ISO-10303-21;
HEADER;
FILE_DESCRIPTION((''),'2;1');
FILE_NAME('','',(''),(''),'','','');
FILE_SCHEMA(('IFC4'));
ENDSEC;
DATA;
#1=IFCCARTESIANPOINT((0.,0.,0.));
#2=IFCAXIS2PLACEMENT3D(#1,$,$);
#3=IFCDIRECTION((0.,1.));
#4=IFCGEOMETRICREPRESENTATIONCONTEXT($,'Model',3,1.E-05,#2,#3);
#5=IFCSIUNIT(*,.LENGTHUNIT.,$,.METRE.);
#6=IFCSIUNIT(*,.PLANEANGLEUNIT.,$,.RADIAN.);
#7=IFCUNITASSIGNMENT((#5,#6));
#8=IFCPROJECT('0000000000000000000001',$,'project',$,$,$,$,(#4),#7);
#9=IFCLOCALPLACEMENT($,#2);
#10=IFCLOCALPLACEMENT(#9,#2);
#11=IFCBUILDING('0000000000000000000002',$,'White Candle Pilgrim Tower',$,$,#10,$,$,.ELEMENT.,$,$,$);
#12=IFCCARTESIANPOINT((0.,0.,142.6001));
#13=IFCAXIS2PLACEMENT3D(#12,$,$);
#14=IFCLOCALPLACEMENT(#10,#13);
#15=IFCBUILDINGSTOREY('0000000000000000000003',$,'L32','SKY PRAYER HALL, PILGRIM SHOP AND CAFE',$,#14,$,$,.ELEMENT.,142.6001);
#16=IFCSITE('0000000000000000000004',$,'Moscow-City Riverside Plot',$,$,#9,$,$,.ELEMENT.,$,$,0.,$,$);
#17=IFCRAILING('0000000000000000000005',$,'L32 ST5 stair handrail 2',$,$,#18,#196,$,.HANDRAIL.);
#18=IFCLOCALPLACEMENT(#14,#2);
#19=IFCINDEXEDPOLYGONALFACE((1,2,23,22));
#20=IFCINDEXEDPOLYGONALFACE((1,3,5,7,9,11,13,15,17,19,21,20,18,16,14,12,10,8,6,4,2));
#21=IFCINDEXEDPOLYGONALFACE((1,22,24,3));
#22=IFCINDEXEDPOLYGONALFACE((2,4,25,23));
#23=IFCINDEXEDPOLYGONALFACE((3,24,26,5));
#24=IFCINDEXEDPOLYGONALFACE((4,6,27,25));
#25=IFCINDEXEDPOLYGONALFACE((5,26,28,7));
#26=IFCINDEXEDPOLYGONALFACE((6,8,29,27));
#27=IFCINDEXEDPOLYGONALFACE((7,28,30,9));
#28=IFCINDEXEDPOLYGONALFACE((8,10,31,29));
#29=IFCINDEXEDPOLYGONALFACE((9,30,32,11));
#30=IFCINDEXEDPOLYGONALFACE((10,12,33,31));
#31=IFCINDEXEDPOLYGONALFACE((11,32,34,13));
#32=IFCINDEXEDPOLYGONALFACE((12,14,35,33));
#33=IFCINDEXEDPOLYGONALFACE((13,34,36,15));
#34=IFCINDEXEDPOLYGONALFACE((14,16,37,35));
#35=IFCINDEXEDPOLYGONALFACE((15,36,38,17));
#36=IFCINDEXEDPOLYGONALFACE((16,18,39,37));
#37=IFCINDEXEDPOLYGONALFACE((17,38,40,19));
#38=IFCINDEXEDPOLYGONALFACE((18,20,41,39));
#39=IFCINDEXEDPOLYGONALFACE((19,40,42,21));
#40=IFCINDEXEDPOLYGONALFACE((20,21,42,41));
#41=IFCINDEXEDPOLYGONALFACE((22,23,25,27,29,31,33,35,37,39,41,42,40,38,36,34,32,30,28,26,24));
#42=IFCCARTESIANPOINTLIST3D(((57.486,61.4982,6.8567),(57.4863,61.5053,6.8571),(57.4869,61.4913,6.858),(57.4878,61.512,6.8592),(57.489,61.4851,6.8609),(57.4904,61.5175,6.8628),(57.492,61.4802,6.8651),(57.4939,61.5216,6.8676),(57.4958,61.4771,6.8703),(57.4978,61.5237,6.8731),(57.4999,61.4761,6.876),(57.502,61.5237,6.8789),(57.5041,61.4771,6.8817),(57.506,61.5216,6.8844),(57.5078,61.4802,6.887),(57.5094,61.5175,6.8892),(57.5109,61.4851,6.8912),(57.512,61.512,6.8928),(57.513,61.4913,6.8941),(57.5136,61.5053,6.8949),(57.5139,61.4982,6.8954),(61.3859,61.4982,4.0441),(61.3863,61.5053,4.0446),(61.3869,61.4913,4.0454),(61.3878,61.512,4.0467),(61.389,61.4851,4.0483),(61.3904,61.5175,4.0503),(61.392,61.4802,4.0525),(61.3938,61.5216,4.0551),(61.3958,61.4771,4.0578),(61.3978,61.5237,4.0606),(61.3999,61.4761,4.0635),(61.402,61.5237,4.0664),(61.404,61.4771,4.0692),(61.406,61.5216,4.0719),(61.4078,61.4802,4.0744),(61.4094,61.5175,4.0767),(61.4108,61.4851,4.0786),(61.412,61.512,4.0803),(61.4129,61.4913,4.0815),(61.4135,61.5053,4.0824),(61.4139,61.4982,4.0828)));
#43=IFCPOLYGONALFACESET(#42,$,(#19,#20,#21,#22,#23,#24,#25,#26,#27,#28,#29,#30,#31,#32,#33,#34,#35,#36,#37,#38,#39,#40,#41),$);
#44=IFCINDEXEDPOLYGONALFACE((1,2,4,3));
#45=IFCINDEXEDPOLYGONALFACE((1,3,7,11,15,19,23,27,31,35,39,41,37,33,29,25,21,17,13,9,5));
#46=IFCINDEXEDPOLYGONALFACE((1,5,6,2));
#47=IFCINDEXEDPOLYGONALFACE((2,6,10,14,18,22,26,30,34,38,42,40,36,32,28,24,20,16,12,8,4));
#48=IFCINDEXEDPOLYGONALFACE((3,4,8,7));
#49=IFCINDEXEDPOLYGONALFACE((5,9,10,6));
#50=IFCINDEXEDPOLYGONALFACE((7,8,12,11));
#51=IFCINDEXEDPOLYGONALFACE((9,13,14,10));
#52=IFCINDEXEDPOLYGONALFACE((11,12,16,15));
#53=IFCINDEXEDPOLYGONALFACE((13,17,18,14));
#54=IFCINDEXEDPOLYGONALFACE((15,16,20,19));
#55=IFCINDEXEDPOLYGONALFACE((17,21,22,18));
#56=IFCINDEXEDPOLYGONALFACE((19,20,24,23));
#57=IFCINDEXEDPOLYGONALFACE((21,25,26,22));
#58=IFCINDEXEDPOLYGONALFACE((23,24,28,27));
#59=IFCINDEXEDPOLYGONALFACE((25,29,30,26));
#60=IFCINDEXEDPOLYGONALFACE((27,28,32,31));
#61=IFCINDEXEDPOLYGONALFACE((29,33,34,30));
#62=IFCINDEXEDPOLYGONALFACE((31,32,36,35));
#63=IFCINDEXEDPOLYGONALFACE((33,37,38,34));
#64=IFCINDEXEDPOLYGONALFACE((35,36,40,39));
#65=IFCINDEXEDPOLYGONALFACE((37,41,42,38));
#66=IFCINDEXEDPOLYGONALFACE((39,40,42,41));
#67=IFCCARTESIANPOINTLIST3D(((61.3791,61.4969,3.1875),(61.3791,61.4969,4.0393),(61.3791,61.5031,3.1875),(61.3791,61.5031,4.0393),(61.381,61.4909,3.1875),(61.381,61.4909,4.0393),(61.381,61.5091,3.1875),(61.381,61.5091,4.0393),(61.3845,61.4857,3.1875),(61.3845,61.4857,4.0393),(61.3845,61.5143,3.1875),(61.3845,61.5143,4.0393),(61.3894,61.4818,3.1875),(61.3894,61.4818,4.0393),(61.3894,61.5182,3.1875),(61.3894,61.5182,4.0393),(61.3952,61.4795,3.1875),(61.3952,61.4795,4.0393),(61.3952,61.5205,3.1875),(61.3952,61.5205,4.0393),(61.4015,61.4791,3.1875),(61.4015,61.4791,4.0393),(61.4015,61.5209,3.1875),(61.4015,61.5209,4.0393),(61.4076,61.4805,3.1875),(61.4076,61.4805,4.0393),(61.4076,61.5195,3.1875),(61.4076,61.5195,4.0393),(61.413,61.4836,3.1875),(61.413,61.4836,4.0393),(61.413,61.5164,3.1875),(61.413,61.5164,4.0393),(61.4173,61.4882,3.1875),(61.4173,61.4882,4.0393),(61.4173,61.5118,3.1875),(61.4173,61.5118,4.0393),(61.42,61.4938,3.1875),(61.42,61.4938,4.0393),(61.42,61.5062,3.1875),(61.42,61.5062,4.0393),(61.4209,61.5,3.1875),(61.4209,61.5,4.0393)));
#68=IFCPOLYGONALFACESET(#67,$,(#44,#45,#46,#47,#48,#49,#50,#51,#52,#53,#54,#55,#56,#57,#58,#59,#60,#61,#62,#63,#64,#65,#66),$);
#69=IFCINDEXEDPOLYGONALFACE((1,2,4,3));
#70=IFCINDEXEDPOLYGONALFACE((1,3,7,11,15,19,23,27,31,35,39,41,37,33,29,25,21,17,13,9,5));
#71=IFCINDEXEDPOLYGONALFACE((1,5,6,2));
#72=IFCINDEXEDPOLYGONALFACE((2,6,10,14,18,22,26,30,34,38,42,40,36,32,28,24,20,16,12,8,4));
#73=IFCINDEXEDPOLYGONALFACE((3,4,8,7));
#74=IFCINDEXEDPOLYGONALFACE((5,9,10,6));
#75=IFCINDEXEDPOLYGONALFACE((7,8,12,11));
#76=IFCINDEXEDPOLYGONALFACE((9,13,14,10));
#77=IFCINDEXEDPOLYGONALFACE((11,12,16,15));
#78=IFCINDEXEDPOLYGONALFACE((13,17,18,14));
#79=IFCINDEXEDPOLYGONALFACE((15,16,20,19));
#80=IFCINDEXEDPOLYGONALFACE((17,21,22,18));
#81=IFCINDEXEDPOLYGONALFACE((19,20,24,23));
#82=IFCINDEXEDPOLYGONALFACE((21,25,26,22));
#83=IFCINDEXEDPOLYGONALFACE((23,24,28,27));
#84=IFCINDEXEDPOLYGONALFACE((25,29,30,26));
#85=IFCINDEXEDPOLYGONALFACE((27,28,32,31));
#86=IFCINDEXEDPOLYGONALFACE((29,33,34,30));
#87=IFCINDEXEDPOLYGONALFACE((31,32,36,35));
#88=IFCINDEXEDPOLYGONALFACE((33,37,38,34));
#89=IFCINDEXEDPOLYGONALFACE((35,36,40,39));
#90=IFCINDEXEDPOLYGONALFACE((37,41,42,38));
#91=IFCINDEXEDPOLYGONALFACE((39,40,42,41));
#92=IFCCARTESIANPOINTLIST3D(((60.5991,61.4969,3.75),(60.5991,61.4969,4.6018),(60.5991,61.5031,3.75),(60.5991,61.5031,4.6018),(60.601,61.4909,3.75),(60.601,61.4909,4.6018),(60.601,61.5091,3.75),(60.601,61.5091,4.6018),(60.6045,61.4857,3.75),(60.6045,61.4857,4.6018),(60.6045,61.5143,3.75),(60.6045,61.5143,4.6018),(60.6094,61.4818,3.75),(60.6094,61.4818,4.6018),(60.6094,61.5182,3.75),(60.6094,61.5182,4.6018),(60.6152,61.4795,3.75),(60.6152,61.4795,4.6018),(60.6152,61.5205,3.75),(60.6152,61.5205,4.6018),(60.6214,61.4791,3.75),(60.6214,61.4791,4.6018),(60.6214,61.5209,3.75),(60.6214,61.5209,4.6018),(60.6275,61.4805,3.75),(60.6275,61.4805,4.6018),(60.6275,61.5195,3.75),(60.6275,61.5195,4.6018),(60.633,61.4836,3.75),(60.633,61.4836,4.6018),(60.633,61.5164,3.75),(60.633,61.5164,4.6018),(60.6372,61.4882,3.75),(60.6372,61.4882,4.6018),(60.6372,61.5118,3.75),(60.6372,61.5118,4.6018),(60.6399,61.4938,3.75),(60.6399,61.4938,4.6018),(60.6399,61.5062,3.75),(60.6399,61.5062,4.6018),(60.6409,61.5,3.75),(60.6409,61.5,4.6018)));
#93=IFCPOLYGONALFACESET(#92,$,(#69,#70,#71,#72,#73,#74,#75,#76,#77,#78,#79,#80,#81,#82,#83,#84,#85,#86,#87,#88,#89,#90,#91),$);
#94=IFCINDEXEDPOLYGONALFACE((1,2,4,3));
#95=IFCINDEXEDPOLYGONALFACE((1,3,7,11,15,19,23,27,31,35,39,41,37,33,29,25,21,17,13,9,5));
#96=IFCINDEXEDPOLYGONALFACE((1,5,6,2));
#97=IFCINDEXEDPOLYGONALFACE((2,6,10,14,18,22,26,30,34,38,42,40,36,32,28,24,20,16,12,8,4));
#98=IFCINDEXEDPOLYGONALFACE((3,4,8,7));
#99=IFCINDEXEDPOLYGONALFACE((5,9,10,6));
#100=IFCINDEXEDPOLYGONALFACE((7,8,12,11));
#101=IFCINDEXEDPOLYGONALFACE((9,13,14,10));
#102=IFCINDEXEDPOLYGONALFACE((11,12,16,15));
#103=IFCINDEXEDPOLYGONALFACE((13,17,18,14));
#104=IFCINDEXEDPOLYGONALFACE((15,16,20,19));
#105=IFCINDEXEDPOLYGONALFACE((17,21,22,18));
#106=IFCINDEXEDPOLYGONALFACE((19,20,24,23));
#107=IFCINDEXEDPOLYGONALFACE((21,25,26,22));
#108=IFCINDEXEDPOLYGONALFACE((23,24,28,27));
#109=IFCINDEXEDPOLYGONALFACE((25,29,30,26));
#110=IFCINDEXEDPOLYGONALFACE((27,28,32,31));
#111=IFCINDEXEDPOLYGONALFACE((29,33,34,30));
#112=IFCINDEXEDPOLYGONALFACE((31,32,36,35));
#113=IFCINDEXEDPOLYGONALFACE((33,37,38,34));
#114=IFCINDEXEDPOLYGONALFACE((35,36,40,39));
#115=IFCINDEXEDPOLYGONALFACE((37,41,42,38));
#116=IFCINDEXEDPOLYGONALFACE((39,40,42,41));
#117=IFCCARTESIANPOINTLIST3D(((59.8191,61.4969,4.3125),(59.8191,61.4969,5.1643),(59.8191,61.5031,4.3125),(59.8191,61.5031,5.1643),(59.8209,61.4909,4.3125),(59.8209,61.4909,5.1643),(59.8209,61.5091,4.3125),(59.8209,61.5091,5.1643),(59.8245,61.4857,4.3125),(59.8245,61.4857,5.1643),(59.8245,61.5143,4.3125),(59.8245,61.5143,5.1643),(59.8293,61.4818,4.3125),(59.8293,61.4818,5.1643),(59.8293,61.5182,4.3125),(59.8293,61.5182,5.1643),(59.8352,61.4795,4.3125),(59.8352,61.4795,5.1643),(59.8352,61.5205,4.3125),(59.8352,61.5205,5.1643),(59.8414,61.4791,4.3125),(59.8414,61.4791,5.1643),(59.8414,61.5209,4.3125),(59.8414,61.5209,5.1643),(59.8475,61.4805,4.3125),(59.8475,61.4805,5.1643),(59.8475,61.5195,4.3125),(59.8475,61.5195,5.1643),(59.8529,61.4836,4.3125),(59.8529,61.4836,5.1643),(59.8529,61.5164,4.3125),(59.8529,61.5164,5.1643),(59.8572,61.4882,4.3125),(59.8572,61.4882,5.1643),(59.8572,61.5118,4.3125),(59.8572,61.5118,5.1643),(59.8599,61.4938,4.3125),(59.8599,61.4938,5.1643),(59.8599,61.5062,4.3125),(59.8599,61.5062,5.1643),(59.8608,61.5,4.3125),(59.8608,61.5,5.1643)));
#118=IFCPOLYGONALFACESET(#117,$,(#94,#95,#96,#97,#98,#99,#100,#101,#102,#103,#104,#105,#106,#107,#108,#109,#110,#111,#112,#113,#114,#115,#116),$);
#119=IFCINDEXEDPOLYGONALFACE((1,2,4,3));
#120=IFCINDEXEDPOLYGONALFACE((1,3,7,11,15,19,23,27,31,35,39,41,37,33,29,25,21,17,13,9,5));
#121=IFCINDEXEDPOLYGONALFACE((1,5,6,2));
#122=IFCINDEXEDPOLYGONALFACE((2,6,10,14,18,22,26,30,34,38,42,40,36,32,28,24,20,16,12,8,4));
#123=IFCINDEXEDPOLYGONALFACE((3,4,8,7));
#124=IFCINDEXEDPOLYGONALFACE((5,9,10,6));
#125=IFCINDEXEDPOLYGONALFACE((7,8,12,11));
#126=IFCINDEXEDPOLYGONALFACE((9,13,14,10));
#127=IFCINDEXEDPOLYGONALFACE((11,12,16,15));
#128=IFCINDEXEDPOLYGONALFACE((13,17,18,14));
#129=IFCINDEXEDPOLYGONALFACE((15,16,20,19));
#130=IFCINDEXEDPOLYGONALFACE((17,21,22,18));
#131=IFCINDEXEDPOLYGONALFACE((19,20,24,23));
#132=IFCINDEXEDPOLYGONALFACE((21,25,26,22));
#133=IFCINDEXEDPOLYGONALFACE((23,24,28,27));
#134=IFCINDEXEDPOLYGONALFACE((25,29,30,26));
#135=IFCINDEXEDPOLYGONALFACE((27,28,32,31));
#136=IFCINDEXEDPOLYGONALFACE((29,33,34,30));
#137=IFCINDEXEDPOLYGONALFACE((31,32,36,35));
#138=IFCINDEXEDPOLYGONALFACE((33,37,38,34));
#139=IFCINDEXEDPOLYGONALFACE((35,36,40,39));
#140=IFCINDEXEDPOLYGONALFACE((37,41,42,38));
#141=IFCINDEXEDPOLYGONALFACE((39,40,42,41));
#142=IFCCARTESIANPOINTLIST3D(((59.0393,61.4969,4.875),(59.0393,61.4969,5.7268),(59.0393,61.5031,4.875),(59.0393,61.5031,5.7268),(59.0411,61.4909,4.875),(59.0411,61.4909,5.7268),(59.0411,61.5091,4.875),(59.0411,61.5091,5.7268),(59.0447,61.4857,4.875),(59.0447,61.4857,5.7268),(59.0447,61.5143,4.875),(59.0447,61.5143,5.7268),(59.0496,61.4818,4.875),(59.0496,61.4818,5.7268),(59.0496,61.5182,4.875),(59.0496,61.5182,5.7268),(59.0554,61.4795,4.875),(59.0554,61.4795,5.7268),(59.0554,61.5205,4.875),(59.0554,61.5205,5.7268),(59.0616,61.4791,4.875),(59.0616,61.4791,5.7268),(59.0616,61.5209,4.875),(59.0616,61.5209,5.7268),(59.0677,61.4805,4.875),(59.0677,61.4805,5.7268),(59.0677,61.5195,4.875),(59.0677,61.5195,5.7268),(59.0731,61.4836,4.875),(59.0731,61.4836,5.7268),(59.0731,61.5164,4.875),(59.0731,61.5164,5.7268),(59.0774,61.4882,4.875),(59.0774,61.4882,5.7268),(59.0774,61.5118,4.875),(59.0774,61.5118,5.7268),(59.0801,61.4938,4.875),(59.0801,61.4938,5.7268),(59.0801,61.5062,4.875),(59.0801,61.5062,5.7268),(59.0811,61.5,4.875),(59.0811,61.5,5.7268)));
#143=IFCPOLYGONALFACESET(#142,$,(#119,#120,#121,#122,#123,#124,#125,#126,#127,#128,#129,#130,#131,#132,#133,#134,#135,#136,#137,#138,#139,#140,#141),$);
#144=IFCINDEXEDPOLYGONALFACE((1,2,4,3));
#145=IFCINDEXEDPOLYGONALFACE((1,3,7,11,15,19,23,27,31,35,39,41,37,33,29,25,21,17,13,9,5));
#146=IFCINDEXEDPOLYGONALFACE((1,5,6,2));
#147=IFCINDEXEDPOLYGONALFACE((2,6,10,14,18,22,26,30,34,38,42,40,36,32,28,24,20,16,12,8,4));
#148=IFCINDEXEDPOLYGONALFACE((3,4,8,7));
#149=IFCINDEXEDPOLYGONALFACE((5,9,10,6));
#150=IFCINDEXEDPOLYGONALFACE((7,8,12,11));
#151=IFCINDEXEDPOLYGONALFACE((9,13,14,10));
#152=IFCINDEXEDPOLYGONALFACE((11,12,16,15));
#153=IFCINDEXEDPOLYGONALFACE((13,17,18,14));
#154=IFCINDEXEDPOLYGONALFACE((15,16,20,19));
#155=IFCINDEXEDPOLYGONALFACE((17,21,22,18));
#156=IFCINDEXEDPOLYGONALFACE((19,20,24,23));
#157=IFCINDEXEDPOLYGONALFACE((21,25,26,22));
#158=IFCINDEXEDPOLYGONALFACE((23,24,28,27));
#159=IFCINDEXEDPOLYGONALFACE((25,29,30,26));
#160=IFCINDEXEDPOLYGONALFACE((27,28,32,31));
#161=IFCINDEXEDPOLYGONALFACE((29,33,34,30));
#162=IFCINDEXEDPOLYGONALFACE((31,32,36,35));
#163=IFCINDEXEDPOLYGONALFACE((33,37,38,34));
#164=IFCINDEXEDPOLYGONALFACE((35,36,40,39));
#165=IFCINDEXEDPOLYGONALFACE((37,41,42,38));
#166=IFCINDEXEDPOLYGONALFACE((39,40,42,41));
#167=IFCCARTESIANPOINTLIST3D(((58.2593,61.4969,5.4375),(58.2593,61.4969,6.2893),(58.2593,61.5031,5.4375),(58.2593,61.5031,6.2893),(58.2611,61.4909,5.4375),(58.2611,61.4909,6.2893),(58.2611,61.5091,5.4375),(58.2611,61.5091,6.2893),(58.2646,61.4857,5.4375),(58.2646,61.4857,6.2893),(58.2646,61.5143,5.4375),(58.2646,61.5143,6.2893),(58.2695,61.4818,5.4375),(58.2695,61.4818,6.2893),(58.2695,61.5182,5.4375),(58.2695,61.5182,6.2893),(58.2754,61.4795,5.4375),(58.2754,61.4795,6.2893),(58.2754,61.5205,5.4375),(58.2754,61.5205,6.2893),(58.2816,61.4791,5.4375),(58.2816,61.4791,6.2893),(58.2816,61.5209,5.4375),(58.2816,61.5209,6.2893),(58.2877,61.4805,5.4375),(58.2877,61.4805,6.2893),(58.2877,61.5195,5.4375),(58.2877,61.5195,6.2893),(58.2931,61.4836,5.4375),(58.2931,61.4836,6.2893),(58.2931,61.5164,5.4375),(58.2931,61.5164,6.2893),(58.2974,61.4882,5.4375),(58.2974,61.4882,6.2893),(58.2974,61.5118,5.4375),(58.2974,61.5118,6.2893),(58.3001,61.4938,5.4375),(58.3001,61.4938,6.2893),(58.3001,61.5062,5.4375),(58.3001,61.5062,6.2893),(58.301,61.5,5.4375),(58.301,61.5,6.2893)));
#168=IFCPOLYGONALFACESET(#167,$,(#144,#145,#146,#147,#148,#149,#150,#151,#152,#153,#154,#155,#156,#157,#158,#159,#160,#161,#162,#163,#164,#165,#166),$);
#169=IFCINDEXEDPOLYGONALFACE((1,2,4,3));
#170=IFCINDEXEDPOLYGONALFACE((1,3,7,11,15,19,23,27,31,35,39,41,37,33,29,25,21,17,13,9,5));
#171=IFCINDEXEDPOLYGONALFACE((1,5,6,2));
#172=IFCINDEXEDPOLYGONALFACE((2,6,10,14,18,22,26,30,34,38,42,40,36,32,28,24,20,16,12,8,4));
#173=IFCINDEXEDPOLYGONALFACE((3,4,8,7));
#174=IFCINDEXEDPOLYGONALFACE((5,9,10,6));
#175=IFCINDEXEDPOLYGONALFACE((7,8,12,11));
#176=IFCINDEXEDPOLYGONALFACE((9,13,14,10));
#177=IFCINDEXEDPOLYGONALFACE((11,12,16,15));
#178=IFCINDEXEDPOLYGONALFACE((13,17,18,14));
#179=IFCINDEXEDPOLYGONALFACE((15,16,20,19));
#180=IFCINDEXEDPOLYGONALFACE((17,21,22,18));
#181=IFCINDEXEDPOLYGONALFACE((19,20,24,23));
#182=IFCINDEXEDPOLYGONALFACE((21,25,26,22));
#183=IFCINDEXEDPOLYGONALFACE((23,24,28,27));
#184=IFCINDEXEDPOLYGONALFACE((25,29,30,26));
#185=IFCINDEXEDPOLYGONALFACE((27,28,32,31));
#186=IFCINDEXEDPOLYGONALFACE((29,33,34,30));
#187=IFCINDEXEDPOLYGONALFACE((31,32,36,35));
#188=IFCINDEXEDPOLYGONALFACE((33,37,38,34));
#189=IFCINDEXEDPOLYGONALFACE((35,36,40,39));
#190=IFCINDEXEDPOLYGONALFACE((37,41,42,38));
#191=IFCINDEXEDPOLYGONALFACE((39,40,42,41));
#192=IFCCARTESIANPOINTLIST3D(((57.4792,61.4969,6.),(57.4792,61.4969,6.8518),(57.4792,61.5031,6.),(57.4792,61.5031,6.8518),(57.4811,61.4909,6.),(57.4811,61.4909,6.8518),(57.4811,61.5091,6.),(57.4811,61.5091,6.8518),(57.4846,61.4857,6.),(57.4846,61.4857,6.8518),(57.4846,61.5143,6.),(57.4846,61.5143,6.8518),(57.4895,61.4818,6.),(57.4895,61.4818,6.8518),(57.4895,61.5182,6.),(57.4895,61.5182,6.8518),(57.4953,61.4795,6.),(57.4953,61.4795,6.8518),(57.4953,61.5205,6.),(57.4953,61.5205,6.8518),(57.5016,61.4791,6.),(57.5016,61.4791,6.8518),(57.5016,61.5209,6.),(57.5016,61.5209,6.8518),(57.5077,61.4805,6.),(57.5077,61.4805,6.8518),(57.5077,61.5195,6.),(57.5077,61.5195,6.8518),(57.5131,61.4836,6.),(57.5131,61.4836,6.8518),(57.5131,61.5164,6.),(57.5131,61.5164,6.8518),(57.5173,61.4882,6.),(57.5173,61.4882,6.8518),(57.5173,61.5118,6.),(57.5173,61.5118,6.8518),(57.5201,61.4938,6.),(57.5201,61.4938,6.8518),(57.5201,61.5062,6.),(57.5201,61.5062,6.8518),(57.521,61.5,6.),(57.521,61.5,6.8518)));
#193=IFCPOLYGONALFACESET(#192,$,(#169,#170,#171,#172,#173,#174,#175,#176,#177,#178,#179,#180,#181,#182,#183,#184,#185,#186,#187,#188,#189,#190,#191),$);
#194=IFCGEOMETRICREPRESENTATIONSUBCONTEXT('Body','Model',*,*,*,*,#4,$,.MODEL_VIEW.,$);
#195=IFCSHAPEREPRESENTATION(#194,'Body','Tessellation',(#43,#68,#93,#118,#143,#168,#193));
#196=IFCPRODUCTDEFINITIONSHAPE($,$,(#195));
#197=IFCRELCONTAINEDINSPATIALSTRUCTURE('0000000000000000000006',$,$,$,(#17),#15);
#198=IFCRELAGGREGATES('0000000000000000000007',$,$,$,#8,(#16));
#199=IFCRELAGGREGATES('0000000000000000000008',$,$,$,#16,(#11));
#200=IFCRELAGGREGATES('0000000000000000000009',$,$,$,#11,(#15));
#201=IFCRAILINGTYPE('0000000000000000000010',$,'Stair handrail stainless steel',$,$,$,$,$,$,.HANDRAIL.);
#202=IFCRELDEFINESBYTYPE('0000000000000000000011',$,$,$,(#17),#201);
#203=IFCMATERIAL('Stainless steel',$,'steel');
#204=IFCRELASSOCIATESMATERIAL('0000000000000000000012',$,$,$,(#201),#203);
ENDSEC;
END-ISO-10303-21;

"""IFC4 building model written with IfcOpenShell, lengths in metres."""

from ifc_helpers import new_model, si_unit, direction, frame, origin, origin_2d, place, context, subcontext, project, spatial, circle, extrude, material, type_object, element, save


model = new_model("IFC4")

# Units and contexts
model_context = context("Model", 3, precision=1e-05, world=origin(), true_north=direction((0.0, 1.0)))
body_context = subcontext(model_context, "Body", "Model", "MODEL_VIEW")
ifc_project = project(units=[si_unit("LENGTHUNIT", "METRE"), si_unit("PLANEANGLEUNIT", "RADIAN")], contexts=[model_context])

# Site, building, storey
site_placement = place(None, origin())
site = spatial("IfcSite", under=ifc_project, at=site_placement, Name="Moscow-City Riverside Plot", CompositionType="ELEMENT", RefElevation=0.0)
building_placement = place(site_placement, origin())
building = spatial("IfcBuilding", under=site, at=building_placement, Name="White Candle Pilgrim Tower", CompositionType="ELEMENT")
storey_placement = place(building_placement, frame((0.0, 0.0, 142.6001)))
storey = spatial("IfcBuildingStorey", under=building, at=storey_placement, Name="L32", Description="SKY PRAYER HALL, PILGRIM SHOP AND CAFE", CompositionType="ELEMENT", Elevation=142.6001)

# Railing
ifc_material_1 = material(Name="Stainless steel", Category="steel")
railing_type_1 = type_object("IfcRailingType", Name="Stair handrail stainless steel", PredefinedType="HANDRAIL", material=ifc_material_1)
railing_1_placement = place(storey_placement, frame((61.3999, 61.5, 3.1875)))
element("IfcRailing", 1, at=railing_1_placement, inside=storey, type_object=railing_type_1, Name="L32 ST5 stair handrail 2", PredefinedType="HANDRAIL", context=body_context, shape_type="SweptSolid", body=[
    extrude(circle(Radius=0.0239, at=origin_2d()), frame((0.0, 0.0, 0.876), z_axis=(-0.811083, 0.0, 0.584931), x_axis=(0.0, -1.0, 0.0)), (0.0, 0.0, 1.0), 4.8083),
    extrude(circle(Radius=0.021, at=origin_2d()), origin(), (0.0, 0.0, 1.0), 0.8518),
    extrude(circle(Radius=0.021, at=origin_2d()), frame((-0.78, 0.0, 0.5625)), (0.0, 0.0, 1.0), 0.8518),
    extrude(circle(Radius=0.021, at=origin_2d()), frame((-1.5601, 0.0, 1.125)), (0.0, 0.0, 1.0), 0.8518),
    extrude(circle(Radius=0.021, at=origin_2d()), frame((-2.3398, 0.0, 1.6875)), (0.0, 0.0, 1.0), 0.8518),
    extrude(circle(Radius=0.021, at=origin_2d()), frame((-3.1199, 0.0, 2.25)), (0.0, 0.0, 1.0), 0.8518),
    extrude(circle(Radius=0.021, at=origin_2d()), frame((-3.8999, 0.0, 2.8125)), (0.0, 0.0, 1.0), 0.8518),
])

save(model, "model.ifc")
